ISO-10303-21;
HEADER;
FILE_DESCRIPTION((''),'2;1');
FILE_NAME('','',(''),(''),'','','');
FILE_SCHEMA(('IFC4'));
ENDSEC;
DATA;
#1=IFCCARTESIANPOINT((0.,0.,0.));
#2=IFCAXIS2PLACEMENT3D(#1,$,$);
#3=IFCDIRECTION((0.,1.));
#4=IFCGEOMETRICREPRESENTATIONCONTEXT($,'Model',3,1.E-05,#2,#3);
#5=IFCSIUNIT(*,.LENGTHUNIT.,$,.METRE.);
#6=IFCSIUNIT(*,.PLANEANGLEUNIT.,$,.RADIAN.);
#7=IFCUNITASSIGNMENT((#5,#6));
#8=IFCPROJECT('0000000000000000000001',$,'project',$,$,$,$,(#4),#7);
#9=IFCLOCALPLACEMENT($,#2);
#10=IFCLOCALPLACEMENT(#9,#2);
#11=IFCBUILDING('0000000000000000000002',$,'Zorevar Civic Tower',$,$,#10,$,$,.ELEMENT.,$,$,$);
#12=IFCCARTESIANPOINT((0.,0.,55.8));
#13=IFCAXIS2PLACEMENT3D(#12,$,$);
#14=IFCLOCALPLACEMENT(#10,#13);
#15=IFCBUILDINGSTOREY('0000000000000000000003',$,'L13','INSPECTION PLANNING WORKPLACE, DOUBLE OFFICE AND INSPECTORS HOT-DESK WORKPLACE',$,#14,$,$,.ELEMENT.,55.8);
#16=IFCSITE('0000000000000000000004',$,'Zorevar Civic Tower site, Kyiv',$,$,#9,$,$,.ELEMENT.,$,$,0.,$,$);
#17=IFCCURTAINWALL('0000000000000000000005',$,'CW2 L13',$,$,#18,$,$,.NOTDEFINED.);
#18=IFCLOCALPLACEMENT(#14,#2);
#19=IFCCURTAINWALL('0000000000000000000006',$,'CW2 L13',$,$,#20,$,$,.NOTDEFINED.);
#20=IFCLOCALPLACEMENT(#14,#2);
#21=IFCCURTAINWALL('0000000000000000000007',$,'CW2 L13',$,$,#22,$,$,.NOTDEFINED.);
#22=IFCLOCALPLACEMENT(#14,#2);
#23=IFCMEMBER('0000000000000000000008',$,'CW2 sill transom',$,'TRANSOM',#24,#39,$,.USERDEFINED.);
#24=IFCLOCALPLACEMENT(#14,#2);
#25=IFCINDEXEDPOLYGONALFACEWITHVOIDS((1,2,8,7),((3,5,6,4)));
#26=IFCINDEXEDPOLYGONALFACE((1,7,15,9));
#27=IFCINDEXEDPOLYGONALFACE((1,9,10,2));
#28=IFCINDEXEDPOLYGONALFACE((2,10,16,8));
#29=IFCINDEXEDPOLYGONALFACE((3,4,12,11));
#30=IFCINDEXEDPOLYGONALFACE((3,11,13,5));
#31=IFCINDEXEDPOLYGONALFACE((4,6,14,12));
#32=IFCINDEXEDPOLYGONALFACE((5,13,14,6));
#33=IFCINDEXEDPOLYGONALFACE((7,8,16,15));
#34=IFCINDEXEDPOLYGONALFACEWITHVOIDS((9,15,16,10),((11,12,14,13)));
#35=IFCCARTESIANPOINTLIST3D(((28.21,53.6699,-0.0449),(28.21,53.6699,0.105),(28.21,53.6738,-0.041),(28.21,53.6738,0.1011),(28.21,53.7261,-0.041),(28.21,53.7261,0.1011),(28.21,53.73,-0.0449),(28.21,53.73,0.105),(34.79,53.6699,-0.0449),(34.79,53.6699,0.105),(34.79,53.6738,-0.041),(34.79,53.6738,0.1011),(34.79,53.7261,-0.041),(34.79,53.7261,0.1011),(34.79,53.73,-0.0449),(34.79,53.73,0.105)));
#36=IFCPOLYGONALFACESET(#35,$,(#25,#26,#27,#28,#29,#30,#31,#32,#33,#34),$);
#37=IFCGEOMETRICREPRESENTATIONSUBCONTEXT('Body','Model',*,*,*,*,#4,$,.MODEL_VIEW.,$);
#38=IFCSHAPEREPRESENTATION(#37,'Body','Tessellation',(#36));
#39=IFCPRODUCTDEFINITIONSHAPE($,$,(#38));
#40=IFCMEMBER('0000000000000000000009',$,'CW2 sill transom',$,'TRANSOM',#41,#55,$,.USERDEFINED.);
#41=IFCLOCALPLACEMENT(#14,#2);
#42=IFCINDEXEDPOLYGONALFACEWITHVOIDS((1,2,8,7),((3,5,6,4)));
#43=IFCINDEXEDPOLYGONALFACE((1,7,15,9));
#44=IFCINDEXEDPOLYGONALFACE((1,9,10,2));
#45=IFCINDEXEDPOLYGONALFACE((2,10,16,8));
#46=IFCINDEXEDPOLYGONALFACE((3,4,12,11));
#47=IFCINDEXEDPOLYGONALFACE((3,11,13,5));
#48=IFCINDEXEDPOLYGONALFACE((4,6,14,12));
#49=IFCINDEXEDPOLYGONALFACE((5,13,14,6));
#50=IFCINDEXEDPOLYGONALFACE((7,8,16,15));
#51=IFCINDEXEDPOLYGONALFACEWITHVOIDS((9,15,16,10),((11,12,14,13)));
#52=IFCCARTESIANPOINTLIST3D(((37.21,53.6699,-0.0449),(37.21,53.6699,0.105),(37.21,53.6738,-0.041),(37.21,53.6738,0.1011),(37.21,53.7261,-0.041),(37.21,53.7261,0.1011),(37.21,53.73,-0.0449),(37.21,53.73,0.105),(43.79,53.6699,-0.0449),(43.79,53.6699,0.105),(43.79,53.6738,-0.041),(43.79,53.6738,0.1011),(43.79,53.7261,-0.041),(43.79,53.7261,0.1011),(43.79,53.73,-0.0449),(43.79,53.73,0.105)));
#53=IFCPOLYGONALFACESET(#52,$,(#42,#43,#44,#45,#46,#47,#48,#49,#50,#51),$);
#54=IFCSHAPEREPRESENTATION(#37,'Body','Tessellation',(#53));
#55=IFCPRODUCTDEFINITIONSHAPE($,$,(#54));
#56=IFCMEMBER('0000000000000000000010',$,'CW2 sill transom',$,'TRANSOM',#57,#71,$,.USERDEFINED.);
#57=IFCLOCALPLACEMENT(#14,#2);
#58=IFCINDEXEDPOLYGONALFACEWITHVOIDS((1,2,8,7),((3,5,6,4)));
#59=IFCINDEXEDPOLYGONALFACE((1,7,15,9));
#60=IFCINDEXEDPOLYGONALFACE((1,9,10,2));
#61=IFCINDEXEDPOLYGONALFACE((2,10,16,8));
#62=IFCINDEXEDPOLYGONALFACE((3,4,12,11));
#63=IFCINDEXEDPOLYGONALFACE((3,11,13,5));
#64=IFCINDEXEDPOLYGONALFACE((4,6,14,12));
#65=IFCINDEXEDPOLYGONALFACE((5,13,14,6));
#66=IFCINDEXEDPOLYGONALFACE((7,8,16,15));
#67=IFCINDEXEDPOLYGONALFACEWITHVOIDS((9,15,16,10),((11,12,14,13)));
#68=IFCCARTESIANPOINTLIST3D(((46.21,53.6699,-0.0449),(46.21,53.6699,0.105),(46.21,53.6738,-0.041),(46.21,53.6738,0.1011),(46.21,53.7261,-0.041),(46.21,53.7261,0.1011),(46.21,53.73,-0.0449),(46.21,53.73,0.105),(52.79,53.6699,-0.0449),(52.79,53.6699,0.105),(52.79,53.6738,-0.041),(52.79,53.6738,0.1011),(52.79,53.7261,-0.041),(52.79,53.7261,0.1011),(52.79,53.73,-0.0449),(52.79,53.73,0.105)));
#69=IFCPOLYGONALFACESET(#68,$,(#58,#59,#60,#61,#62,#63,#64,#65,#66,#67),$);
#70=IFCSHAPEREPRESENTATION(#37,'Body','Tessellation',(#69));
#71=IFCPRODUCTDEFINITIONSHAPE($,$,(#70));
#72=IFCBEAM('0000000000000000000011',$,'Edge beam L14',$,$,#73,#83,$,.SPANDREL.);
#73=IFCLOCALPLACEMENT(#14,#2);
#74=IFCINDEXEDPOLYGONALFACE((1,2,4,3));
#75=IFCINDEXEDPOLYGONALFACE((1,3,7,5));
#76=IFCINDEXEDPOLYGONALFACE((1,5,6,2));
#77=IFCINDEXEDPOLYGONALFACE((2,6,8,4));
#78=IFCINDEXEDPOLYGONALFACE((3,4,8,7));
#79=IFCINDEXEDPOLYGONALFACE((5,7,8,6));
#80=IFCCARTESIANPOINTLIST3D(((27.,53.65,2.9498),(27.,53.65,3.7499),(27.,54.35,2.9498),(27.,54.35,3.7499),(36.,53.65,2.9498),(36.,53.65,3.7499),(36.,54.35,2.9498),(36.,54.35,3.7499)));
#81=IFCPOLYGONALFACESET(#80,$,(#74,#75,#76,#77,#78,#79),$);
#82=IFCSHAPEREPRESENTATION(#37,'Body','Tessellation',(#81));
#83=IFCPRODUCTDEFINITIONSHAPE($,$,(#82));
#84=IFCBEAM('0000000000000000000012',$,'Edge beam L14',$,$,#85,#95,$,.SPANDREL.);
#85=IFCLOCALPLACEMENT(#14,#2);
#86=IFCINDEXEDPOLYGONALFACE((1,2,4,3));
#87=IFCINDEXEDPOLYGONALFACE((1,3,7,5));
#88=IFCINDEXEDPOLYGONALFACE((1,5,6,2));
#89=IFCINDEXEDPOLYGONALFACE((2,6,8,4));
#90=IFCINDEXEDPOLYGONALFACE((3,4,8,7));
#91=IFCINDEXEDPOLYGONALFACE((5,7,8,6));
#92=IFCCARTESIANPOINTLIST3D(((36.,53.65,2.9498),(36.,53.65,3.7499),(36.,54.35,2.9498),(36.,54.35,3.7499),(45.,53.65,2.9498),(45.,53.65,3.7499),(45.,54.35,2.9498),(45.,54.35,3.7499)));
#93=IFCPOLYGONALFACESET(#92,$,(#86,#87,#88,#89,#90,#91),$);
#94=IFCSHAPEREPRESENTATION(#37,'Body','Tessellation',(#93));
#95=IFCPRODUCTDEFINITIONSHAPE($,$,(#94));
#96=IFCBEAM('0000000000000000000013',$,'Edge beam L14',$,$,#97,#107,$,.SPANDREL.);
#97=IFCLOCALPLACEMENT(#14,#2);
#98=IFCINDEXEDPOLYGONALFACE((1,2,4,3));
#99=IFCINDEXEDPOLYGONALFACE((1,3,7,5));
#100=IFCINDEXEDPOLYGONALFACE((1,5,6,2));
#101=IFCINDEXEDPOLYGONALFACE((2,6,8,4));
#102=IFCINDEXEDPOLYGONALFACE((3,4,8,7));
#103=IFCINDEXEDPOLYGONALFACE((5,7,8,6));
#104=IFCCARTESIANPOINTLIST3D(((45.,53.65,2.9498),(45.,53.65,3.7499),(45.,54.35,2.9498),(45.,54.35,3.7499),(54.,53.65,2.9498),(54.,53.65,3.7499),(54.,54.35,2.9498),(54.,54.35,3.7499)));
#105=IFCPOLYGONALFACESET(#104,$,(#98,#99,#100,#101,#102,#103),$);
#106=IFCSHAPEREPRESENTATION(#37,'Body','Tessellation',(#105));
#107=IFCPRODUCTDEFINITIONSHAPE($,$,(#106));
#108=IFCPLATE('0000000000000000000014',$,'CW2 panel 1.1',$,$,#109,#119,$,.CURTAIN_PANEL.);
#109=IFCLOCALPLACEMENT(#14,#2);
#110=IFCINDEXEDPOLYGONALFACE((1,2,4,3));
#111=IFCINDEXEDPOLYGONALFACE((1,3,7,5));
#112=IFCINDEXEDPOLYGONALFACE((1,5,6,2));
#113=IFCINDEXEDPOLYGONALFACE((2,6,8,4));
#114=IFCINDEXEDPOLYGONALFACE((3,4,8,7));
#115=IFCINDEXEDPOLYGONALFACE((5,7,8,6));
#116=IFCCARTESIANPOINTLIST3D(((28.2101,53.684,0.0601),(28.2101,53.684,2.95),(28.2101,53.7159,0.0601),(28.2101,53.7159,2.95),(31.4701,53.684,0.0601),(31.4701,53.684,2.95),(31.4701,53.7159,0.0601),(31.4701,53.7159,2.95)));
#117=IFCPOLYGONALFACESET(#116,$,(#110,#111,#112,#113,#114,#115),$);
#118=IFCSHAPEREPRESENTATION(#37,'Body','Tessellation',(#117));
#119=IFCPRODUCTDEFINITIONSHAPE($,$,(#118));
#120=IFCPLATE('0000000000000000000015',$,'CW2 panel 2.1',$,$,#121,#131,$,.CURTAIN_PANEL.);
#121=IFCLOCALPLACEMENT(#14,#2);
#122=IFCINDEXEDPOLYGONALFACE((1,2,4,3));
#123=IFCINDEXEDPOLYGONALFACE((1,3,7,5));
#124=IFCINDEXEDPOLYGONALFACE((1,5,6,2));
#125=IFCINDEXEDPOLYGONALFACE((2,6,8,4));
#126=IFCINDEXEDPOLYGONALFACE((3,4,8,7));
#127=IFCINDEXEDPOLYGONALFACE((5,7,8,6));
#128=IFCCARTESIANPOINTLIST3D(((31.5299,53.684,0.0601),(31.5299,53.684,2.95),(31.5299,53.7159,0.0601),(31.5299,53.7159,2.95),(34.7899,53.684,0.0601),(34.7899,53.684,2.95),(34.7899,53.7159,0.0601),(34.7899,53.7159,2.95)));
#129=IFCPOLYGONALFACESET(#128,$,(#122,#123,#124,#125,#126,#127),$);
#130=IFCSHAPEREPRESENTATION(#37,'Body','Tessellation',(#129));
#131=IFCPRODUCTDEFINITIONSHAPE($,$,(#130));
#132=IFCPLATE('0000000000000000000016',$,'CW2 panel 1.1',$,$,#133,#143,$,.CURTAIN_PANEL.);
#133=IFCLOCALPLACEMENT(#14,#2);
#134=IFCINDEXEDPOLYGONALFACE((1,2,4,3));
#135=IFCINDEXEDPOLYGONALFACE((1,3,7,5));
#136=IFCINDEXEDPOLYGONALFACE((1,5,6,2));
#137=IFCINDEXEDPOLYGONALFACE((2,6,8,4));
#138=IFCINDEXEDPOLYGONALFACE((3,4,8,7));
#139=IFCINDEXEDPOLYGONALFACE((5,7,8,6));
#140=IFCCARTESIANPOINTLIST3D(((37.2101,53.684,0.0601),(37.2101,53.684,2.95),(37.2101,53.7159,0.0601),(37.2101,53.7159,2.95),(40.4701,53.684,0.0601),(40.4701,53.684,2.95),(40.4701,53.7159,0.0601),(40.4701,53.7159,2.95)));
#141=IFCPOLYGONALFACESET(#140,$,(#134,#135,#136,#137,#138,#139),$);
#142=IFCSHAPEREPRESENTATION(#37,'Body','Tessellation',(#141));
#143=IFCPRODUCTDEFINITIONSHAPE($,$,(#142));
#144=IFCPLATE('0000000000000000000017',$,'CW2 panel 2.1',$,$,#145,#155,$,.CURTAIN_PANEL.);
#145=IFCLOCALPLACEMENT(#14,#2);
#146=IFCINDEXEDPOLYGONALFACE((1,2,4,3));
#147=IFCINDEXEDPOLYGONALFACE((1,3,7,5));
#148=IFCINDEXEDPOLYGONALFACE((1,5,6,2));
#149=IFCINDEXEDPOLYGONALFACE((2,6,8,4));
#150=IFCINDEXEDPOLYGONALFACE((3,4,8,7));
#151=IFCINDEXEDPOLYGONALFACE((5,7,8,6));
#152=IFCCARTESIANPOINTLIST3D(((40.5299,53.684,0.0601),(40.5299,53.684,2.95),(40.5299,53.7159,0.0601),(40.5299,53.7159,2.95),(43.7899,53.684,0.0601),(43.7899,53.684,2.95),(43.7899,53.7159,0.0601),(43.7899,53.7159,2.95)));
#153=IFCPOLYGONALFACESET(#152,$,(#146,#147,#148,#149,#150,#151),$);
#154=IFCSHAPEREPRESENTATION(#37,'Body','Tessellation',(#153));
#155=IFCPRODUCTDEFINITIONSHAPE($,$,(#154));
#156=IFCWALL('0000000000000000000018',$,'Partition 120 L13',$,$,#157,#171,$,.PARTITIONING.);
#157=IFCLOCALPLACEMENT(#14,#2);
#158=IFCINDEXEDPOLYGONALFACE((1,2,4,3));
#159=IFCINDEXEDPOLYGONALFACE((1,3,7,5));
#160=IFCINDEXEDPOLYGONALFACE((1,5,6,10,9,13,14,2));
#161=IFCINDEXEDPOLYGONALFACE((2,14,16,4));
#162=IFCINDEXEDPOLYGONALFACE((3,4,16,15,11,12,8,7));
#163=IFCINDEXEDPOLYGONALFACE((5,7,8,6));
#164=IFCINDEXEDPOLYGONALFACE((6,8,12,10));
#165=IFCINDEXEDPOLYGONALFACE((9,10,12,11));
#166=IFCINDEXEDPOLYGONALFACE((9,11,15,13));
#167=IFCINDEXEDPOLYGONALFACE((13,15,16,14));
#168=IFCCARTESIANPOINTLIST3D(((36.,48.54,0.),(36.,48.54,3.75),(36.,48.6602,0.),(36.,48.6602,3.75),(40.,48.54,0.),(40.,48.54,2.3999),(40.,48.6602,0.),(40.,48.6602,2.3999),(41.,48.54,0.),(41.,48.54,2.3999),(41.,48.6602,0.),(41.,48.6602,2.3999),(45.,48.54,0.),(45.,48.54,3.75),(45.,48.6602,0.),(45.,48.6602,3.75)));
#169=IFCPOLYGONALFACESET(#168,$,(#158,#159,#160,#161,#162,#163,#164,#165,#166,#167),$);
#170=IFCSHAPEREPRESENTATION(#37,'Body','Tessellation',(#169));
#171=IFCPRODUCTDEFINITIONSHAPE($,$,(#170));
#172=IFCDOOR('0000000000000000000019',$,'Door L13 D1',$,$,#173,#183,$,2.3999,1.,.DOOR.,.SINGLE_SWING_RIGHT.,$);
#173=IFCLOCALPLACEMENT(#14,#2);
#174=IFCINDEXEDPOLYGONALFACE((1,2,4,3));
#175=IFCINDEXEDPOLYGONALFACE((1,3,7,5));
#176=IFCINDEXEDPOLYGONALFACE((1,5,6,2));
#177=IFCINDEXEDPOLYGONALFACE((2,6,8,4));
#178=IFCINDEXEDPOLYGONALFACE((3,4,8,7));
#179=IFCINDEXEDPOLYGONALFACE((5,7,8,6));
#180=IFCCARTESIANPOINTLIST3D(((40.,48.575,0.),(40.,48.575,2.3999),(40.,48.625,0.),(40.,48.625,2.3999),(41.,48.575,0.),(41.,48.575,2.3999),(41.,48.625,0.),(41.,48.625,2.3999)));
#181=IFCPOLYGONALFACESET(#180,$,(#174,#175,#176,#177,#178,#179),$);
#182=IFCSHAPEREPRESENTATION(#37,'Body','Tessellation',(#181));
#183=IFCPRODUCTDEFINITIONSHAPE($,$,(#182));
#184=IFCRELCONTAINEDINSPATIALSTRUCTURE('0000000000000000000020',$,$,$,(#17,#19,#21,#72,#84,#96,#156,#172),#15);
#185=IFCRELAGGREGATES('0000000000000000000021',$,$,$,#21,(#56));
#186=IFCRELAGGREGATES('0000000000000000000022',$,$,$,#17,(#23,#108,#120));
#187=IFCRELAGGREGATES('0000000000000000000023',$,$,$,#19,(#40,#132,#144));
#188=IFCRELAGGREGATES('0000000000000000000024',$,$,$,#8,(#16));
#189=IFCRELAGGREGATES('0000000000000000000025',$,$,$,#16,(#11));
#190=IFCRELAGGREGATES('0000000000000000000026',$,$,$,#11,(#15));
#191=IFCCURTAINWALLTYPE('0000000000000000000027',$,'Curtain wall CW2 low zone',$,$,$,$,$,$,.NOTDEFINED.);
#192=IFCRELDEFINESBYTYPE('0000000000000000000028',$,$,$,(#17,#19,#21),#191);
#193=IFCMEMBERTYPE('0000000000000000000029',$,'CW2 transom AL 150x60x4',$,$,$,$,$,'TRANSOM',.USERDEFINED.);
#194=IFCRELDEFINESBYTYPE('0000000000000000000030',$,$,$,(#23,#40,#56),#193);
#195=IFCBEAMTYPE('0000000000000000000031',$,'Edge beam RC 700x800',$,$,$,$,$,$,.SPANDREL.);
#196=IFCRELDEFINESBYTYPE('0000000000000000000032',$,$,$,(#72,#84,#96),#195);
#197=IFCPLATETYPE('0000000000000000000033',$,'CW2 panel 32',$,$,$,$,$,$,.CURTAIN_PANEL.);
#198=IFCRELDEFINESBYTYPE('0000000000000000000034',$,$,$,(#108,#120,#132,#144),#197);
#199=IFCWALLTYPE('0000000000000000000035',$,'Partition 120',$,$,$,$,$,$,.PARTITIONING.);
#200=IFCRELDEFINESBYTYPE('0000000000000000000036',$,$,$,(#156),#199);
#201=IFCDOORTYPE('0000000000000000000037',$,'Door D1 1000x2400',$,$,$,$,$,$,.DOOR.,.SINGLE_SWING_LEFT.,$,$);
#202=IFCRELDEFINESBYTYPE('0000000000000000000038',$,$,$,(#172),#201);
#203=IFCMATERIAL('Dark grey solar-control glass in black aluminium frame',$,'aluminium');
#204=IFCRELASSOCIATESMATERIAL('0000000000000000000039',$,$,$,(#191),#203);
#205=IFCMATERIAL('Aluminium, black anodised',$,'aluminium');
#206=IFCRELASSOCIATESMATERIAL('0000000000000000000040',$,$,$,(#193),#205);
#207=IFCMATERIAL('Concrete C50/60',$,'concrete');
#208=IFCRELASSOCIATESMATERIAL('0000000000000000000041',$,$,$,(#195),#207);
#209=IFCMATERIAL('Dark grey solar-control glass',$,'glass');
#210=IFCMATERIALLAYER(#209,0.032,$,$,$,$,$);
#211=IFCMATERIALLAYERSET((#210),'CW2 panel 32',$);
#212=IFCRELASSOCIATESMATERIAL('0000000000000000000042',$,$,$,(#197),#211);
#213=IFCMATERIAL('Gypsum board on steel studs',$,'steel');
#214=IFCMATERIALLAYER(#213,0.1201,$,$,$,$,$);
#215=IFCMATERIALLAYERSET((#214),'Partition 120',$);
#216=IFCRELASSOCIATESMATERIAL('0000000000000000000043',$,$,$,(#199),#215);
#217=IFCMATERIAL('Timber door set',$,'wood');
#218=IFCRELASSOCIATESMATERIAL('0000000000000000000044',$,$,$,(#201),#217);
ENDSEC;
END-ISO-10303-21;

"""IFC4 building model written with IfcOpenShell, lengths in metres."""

from ifc_helpers import new_model, si_unit, direction, frame, frame_2d, origin, origin_2d, place, context, subcontext, project, spatial, rectangle, hollow_rectangle, extrude, material, layer, layer_set, material_profile, profile_set, type_object, element, fill, aggregate, save


model = new_model("IFC4")

# Units and contexts
model_context = context("Model", 3, precision=1e-05, world=origin(), true_north=direction((0.0, 1.0)))
body_context = subcontext(model_context, "Body", "Model", "MODEL_VIEW")
ifc_project = project(units=[si_unit("LENGTHUNIT", "METRE"), si_unit("PLANEANGLEUNIT", "RADIAN")], contexts=[model_context])

# Site, building, storey
site_placement = place(None, origin())
site = spatial("IfcSite", under=ifc_project, at=site_placement, Name="Zorevar Civic Tower site, Kyiv", CompositionType="ELEMENT", RefElevation=0.0)
building_placement = place(site_placement, origin())
building = spatial("IfcBuilding", under=site, at=building_placement, Name="Zorevar Civic Tower", CompositionType="ELEMENT")
storey_placement = place(building_placement, frame((0.0, 0.0, 55.8)))
storey = spatial("IfcBuildingStorey", under=building, at=storey_placement, Name="L13", Description="INSPECTION PLANNING WORKPLACE, DOUBLE OFFICE AND INSPECTORS HOT-DESK WORKPLACE", CompositionType="ELEMENT", Elevation=55.8)

# Curtain walls
ifc_material_1 = material(Name="Dark grey solar-control glass in black aluminium frame", Category="aluminium")
curtain_wall_type = type_object("IfcCurtainWallType", Name="Curtain wall CW2 low zone", PredefinedType="NOTDEFINED", material=ifc_material_1)
curtain_wall_1_placement = place(storey_placement, origin())
curtain_wall_1 = element("IfcCurtainWall", 1, at=curtain_wall_1_placement, inside=storey, type_object=curtain_wall_type, Name="CW2 L13", PredefinedType="NOTDEFINED")
curtain_wall_2_placement = place(storey_placement, origin())
curtain_wall_2 = element("IfcCurtainWall", 2, at=curtain_wall_2_placement, inside=storey, type_object=curtain_wall_type, Name="CW2 L13", PredefinedType="NOTDEFINED")

# Curtain wall
curtain_wall_3_placement = place(storey_placement, origin())
curtain_wall_3 = element("IfcCurtainWall", 3, at=curtain_wall_3_placement, inside=storey, type_object=curtain_wall_type, Name="CW2 L13", PredefinedType="NOTDEFINED")

# Members
ifc_material_2 = material(Name="Aluminium, black anodised", Category="aluminium")
ifc_material_profile_1 = material_profile(ifc_material_2, hollow_rectangle(XDim=0.0601, YDim=0.1499, WallThickness=0.0039, at=origin_2d()), Name="AL 150x60x4")
ifc_profile_set_1 = profile_set([ifc_material_profile_1], Name="Aluminium, black anodised")
member_type_1 = type_object("IfcMemberType", Name="CW2 transom AL 150x60x4", ElementType="TRANSOM", PredefinedType="USERDEFINED", material=ifc_profile_set_1)
member_1_placement = place(storey_placement, frame((28.21, 53.7, 0.03), z_axis=(1.0, 0.0, 0.0), x_axis=(0.0, 1.0, 0.0)))
member_1 = element("IfcMember", 4, at=member_1_placement, type_object=member_type_1, Name="CW2 sill transom", ObjectType="TRANSOM", PredefinedType="USERDEFINED", context=body_context, shape_type="SweptSolid", body=[
    extrude(hollow_rectangle(XDim=0.0601, YDim=0.1499, WallThickness=0.0039, at=origin_2d()), origin(), (0.0, 0.0, 1.0), 6.5801),
])
member_2_placement = place(storey_placement, frame((37.21, 53.7, 0.03), z_axis=(1.0, 0.0, 0.0), x_axis=(0.0, 1.0, 0.0)))
member_2 = element("IfcMember", 5, at=member_2_placement, type_object=member_type_1, Name="CW2 sill transom", ObjectType="TRANSOM", PredefinedType="USERDEFINED", context=body_context, shape_type="SweptSolid", body=[
    extrude(hollow_rectangle(XDim=0.0601, YDim=0.1499, WallThickness=0.0039, at=origin_2d()), origin(), (0.0, 0.0, 1.0), 6.5801),
])
member_3_placement = place(storey_placement, frame((46.21, 53.7, 0.03), z_axis=(1.0, 0.0, 0.0), x_axis=(0.0, 1.0, 0.0)))
member_3 = element("IfcMember", 6, at=member_3_placement, type_object=member_type_1, Name="CW2 sill transom", ObjectType="TRANSOM", PredefinedType="USERDEFINED", context=body_context, shape_type="SweptSolid", body=[
    extrude(hollow_rectangle(XDim=0.0601, YDim=0.1499, WallThickness=0.0039, at=origin_2d()), origin(), (0.0, 0.0, 1.0), 6.5801),
])
aggregate(curtain_wall_3, [member_3])

# Beams
ifc_material_3 = material(Name="Concrete C50/60", Category="concrete")
ifc_material_profile_2 = material_profile(ifc_material_3, rectangle(XDim=0.7, YDim=0.8, at=origin_2d()), Name="RC 700x800")
ifc_profile_set_2 = profile_set([ifc_material_profile_2], Name="Concrete C50/60")
beam_type_1 = type_object("IfcBeamType", Name="Edge beam RC 700x800", PredefinedType="SPANDREL", material=ifc_profile_set_2)
for number, where, z_axis, x_axis, name in (
    (7, (27.0, 54.0, 3.3499), (1.0, 0.0, 0.0), (0.0, 1.0, 0.0), "Edge beam L14"),
    (8, (36.0, 54.0, 3.3499), (1.0, 0.0, 0.0), (0.0, 1.0, 0.0), "Edge beam L14"),
    (9, (45.0, 54.0, 3.3499), (1.0, 0.0, 0.0), (0.0, 1.0, 0.0), "Edge beam L14"),
):
    element("IfcBeam", number, at=place(storey_placement, frame(where, z_axis=z_axis, x_axis=x_axis)), inside=storey, type_object=beam_type_1, Name=name, PredefinedType="SPANDREL", context=body_context, shape_type="SweptSolid", body=[
        extrude(rectangle(XDim=0.7, YDim=0.8, at=origin_2d()), origin(), (0.0, 0.0, 1.0), 9.0),
    ])

# Plates
ifc_material_4 = material(Name="Dark grey solar-control glass", Category="glass")
ifc_layer_1 = layer(ifc_material_4, 0.032)
ifc_layer_set_1 = layer_set([ifc_layer_1], Name="CW2 panel 32")
plate_type = type_object("IfcPlateType", Name="CW2 panel 32", PredefinedType="CURTAIN_PANEL", material=ifc_layer_set_1)
plate_1_placement = place(storey_placement, frame((29.8401, 53.7, 0.0601), z_axis=(0.0, 0.0, 1.0), x_axis=(1.0, 0.0, 0.0)))
plate_1 = element("IfcPlate", 10, at=plate_1_placement, type_object=plate_type, Name="CW2 panel 1.1", PredefinedType="CURTAIN_PANEL", context=body_context, shape_type="SweptSolid", body=[
    extrude(rectangle(XDim=3.26, YDim=0.032, at=origin_2d()), origin(), (0.0, 0.0, 1.0), 2.8899),
])
plate_2_placement = place(storey_placement, frame((33.1599, 53.7, 0.0601), z_axis=(0.0, 0.0, 1.0), x_axis=(1.0, 0.0, 0.0)))
plate_2 = element("IfcPlate", 11, at=plate_2_placement, type_object=plate_type, Name="CW2 panel 2.1", PredefinedType="CURTAIN_PANEL", context=body_context, shape_type="SweptSolid", body=[
    extrude(rectangle(XDim=3.26, YDim=0.032, at=origin_2d()), origin(), (0.0, 0.0, 1.0), 2.8899),
])
aggregate(curtain_wall_1, [member_1, plate_1, plate_2])
plate_3_placement = place(storey_placement, frame((38.8401, 53.7, 0.0601), z_axis=(0.0, 0.0, 1.0), x_axis=(1.0, 0.0, 0.0)))
plate_3 = element("IfcPlate", 12, at=plate_3_placement, type_object=plate_type, Name="CW2 panel 1.1", PredefinedType="CURTAIN_PANEL", context=body_context, shape_type="SweptSolid", body=[
    extrude(rectangle(XDim=3.26, YDim=0.032, at=origin_2d()), origin(), (0.0, 0.0, 1.0), 2.8899),
])
plate_4_placement = place(storey_placement, frame((42.1599, 53.7, 0.0601), z_axis=(0.0, 0.0, 1.0), x_axis=(1.0, 0.0, 0.0)))
plate_4 = element("IfcPlate", 13, at=plate_4_placement, type_object=plate_type, Name="CW2 panel 2.1", PredefinedType="CURTAIN_PANEL", context=body_context, shape_type="SweptSolid", body=[
    extrude(rectangle(XDim=3.26, YDim=0.032, at=origin_2d()), origin(), (0.0, 0.0, 1.0), 2.8899),
])
aggregate(curtain_wall_2, [member_2, plate_3, plate_4])

# Wall, opening, door
ifc_material_5 = material(Name="Gypsum board on steel studs", Category="steel")
ifc_layer_2 = layer(ifc_material_5, 0.1201)
ifc_layer_set_2 = layer_set([ifc_layer_2], Name="Partition 120")
wall_type = type_object("IfcWallType", Name="Partition 120", PredefinedType="PARTITIONING", material=ifc_layer_set_2)
wall_1_placement = place(storey_placement, frame((36.0, 48.6001, 0.0), z_axis=(0.0, 0.0, 1.0), x_axis=(1.0, 0.0, 0.0)))
wall_1 = element("IfcWall", 14, at=wall_1_placement, inside=storey, type_object=wall_type, Name="Partition 120 L13", PredefinedType="PARTITIONING", context=body_context, shape_type="SweptSolid", body=[
    extrude(rectangle(XDim=9.0, YDim=0.1201, at=frame_2d((4.5, 0.0))), origin(), (0.0, 0.0, 1.0), 3.75),
])
opening_1_placement = place(wall_1_placement, frame((4.0, 0.0, 0.0)))
opening_1 = element("IfcOpeningElement", 15, at=opening_1_placement, cuts=wall_1, PredefinedType="OPENING", context=body_context, shape_type="SweptSolid", body=[
    extrude(rectangle(XDim=1.0, YDim=2.3999, at=frame_2d((0.5, 1.2))), frame((0.0, 0.0701, 0.0), z_axis=(0.0, -1.0, 0.0), x_axis=(1.0, 0.0, 0.0)), (0.0, 0.0, 1.0), 0.1401),
])
ifc_material_6 = material(Name="Timber door set", Category="wood")
door_type = type_object("IfcDoorType", Name="Door D1 1000x2400", OperationType="SINGLE_SWING_LEFT", PredefinedType="DOOR", material=ifc_material_6)
door_1_placement = place(opening_1_placement, origin())
door_1 = element("IfcDoor", 16, at=door_1_placement, inside=storey, type_object=door_type, Name="Door L13 D1", OperationType="SINGLE_SWING_RIGHT", OverallHeight=2.3999, OverallWidth=1.0, PredefinedType="DOOR", context=body_context, shape_type="SweptSolid", body=[
    extrude(rectangle(XDim=1.0, YDim=2.3999, at=frame_2d((0.5, 1.2))), frame((0.0, 0.0249, 0.0), z_axis=(0.0, -1.0, 0.0), x_axis=(1.0, 0.0, 0.0)), (0.0, 0.0, 1.0), 0.05),
])
fill(opening_1, door_1)

save(model, "model.ifc")
